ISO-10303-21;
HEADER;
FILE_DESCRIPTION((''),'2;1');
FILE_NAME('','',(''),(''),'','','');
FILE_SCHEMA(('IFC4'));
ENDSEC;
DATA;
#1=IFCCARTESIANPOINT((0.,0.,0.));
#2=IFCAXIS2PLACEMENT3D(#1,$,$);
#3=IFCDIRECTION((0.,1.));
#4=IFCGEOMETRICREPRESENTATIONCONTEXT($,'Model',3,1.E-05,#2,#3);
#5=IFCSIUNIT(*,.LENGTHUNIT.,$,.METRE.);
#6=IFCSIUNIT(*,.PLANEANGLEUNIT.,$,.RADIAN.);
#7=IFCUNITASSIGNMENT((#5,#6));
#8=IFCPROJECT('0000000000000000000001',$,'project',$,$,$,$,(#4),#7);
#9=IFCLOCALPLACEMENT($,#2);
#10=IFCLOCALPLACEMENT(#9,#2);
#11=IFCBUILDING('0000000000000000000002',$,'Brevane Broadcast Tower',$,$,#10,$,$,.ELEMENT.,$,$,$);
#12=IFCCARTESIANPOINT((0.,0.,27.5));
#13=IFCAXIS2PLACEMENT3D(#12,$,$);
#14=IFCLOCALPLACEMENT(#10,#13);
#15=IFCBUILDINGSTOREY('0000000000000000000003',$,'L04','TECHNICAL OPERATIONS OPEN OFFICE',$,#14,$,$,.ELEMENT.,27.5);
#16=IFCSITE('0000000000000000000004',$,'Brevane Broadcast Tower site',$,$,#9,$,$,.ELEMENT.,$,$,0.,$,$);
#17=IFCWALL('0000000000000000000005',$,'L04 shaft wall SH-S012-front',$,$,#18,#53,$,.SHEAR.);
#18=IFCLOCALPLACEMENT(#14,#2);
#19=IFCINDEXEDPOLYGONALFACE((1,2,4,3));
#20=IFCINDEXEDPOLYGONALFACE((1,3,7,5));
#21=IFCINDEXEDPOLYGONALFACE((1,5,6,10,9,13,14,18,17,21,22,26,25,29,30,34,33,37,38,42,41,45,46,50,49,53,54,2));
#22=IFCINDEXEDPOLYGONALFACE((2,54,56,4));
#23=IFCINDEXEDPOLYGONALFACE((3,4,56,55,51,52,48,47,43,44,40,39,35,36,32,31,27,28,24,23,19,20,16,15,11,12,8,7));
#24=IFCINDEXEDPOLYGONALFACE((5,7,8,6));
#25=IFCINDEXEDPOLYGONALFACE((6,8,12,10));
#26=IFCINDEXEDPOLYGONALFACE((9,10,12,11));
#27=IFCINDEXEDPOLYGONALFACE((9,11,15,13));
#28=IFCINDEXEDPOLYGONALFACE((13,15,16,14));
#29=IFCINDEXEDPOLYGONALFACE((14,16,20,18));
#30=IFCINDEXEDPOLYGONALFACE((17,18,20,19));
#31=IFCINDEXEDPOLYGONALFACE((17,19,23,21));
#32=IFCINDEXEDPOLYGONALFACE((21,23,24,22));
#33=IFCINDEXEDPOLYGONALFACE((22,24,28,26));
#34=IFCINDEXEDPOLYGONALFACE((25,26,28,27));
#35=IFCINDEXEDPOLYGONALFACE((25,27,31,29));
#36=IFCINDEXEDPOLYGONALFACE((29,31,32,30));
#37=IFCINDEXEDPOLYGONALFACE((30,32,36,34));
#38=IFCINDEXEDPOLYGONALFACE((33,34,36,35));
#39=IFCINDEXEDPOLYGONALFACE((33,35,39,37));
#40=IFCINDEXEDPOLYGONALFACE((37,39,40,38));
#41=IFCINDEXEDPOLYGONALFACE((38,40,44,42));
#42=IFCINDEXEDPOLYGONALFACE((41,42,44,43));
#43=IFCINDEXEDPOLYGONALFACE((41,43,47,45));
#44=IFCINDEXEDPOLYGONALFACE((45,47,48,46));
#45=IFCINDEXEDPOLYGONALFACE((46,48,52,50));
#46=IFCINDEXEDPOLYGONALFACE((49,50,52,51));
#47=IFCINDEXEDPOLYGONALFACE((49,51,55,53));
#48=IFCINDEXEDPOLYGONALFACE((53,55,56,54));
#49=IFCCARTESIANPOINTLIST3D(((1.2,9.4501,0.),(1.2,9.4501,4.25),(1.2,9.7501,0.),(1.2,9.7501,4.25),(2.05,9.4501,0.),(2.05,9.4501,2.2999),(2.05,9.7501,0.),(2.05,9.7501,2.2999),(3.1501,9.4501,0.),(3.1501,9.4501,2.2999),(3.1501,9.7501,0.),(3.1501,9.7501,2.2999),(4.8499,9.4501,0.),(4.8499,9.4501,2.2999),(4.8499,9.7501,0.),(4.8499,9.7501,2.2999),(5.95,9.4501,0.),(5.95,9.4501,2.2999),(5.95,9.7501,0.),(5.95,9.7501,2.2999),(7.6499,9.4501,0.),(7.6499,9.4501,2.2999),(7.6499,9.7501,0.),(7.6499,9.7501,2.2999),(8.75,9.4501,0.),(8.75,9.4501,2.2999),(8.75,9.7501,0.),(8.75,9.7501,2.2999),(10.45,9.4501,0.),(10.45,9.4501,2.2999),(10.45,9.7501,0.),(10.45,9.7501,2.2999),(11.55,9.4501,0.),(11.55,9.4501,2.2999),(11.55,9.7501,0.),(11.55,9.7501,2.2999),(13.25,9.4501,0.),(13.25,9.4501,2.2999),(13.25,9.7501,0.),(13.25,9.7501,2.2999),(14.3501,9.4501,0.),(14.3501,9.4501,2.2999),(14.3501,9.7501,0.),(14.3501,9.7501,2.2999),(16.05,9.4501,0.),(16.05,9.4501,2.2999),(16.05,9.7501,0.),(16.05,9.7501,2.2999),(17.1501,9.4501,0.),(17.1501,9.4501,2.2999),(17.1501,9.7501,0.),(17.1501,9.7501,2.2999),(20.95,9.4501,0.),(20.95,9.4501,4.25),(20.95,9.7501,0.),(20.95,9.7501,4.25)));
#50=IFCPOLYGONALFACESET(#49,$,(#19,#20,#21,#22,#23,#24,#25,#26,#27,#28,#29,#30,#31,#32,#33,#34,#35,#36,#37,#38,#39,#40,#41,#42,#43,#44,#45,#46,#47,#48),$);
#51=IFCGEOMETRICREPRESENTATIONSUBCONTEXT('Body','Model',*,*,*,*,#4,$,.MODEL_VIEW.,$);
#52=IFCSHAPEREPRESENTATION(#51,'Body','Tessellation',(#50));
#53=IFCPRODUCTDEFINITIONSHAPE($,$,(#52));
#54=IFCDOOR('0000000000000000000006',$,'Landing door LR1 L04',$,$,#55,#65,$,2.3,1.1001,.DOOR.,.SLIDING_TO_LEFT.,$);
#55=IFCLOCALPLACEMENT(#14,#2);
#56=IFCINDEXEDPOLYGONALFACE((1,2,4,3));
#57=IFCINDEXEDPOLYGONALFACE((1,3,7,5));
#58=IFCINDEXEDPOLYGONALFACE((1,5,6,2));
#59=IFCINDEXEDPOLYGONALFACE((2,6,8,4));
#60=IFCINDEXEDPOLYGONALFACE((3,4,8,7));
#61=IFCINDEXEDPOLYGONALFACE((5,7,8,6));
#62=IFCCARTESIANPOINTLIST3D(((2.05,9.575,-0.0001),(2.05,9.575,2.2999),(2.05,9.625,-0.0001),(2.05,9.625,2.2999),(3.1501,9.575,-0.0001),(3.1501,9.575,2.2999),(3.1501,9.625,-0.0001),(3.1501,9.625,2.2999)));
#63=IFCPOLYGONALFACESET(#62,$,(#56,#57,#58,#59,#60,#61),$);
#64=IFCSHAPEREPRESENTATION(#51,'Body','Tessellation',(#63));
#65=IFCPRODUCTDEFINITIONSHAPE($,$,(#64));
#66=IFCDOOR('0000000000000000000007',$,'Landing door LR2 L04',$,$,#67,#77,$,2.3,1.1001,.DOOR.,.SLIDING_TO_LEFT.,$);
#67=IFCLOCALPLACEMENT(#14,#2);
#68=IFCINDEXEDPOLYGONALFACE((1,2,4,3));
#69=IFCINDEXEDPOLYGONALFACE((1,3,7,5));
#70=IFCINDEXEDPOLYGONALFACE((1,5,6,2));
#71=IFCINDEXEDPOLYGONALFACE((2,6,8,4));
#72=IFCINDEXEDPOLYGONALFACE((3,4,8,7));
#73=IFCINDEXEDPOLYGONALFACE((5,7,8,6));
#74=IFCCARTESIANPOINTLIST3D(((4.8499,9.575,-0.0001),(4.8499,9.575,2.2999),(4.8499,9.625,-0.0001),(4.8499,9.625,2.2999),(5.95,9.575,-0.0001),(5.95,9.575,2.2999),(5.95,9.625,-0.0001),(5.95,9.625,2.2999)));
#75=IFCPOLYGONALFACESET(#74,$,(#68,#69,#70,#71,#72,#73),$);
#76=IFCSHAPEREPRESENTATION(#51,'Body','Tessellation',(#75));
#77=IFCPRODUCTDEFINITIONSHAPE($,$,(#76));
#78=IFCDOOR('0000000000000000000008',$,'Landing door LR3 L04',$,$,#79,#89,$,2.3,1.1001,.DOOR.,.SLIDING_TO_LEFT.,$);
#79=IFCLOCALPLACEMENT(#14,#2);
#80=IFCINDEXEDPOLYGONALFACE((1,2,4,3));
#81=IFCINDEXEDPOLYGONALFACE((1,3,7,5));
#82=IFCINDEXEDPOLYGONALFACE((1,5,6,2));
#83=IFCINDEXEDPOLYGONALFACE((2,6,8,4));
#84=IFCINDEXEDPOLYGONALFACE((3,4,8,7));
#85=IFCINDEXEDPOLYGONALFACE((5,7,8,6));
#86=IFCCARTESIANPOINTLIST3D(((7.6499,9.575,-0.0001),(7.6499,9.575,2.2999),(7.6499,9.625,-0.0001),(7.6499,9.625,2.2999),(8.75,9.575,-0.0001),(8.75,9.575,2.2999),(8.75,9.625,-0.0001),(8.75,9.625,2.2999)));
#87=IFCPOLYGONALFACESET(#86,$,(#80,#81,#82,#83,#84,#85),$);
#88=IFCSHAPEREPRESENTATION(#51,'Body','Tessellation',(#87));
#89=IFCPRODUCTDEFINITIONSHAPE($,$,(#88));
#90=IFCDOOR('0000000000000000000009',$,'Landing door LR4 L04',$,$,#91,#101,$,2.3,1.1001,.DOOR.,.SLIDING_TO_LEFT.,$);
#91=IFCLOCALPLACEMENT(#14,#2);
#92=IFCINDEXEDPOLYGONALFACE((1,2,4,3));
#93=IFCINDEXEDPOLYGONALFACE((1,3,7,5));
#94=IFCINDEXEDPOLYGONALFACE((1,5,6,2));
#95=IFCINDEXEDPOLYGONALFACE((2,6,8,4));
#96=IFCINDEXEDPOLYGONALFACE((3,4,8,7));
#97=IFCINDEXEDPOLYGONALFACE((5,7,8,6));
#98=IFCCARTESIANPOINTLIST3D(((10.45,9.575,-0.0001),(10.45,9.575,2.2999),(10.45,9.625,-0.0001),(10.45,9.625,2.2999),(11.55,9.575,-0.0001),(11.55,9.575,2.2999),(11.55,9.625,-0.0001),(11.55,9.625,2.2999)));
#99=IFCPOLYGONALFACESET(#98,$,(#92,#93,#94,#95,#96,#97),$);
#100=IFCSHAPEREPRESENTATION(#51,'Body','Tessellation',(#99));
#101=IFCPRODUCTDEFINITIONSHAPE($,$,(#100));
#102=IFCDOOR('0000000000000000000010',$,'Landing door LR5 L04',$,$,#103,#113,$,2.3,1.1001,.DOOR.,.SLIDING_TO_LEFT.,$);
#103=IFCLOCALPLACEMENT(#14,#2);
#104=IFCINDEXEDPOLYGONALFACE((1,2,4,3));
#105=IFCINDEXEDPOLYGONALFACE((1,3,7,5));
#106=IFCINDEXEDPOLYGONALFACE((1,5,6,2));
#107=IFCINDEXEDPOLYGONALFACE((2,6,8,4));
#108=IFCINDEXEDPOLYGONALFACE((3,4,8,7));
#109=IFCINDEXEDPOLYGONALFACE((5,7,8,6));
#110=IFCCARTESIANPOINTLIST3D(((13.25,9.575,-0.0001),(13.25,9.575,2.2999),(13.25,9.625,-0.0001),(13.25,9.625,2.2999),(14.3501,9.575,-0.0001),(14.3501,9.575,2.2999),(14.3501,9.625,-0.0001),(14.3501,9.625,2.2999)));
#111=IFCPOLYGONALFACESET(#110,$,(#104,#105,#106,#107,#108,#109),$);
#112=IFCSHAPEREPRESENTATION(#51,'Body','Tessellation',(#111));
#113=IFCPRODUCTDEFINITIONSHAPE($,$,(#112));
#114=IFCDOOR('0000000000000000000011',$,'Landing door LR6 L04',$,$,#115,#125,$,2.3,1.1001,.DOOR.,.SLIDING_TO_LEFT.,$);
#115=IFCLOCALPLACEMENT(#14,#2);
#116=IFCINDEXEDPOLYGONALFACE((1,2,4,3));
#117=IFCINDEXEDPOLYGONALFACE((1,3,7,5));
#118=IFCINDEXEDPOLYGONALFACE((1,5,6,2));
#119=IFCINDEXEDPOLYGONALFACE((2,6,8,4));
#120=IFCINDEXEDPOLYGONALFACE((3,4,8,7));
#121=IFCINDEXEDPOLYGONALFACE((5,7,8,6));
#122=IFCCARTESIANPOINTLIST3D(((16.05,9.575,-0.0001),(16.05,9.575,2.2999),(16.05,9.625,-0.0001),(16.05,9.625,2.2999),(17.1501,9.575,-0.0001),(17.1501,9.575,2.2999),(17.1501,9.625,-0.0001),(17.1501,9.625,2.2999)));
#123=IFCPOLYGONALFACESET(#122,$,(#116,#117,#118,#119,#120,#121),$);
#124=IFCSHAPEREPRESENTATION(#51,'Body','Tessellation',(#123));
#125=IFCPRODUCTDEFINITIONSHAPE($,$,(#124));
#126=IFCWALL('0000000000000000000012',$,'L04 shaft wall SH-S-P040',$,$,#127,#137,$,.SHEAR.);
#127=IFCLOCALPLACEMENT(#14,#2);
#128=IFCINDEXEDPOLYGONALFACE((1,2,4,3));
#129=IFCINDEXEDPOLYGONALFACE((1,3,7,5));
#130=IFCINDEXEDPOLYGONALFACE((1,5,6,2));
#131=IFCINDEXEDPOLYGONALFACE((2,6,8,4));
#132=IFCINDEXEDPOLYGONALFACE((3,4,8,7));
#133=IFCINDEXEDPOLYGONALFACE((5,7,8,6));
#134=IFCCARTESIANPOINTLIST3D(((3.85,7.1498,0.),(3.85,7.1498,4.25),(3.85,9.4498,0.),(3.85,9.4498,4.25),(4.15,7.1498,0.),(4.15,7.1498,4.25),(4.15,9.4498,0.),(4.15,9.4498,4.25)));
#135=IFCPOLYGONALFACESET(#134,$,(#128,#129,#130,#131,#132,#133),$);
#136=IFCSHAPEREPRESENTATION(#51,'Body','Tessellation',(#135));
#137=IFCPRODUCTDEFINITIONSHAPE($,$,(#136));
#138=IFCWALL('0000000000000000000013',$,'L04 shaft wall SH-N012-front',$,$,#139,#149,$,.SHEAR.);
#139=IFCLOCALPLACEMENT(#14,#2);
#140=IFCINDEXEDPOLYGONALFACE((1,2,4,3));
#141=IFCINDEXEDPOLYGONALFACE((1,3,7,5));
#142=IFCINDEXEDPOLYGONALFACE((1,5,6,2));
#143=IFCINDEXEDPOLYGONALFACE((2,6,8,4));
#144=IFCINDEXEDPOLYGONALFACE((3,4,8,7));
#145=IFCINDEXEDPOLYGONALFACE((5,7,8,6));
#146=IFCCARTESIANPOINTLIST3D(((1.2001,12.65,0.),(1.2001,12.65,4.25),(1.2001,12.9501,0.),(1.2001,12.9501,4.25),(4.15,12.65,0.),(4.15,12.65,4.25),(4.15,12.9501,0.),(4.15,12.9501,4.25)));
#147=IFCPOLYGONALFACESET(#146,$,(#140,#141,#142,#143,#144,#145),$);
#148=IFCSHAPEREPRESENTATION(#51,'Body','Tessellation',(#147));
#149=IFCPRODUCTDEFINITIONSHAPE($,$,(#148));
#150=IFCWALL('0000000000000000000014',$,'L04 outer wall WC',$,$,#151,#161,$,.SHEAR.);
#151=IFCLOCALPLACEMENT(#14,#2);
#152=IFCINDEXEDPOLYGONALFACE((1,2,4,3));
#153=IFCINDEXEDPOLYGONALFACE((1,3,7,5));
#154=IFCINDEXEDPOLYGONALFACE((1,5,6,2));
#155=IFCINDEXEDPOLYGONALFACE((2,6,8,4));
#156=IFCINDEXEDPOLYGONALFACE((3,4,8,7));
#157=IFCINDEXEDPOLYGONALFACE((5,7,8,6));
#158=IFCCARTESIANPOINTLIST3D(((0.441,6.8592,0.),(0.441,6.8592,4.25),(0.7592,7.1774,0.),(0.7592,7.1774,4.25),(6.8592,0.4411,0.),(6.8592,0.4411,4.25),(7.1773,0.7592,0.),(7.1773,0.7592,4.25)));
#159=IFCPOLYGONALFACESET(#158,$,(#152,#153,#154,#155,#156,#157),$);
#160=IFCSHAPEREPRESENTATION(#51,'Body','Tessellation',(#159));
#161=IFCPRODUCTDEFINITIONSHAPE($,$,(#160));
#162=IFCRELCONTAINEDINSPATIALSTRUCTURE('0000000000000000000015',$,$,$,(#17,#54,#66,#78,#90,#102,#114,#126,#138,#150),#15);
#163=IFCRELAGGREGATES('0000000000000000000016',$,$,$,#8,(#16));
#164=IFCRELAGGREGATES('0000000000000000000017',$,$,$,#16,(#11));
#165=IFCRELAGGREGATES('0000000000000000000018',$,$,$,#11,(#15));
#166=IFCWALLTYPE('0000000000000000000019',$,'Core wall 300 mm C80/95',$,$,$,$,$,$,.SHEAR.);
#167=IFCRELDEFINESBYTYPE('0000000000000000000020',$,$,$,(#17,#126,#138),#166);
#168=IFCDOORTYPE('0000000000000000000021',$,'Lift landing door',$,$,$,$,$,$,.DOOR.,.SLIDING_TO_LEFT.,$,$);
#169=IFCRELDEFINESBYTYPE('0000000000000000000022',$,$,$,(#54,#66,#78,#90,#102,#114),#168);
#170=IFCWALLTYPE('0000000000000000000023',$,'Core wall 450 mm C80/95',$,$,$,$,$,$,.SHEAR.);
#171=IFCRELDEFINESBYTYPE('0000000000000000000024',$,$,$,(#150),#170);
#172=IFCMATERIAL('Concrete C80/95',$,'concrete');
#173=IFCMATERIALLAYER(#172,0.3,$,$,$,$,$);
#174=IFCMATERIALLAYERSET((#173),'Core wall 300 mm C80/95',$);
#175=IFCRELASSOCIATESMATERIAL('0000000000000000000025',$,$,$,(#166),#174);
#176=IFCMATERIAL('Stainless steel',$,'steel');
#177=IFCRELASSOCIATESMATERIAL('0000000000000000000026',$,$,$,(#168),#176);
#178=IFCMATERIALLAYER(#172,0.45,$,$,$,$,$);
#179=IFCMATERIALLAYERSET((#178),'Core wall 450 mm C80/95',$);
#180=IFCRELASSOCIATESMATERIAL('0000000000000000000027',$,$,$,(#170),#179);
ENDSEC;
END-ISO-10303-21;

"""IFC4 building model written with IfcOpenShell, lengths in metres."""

from ifc_helpers import new_model, si_unit, direction, frame, frame_2d, origin, place, context, subcontext, project, spatial, rectangle, extrude, material, layer, layer_set, type_object, element, fill, save


model = new_model("IFC4")

# Units and contexts
model_context = context("Model", 3, precision=1e-05, world=origin(), true_north=direction((0.0, 1.0)))
body_context = subcontext(model_context, "Body", "Model", "MODEL_VIEW")
ifc_project = project(units=[si_unit("LENGTHUNIT", "METRE"), si_unit("PLANEANGLEUNIT", "RADIAN")], contexts=[model_context])

# Site, building, storey
site_placement = place(None, origin())
site = spatial("IfcSite", under=ifc_project, at=site_placement, Name="Brevane Broadcast Tower site", CompositionType="ELEMENT", RefElevation=0.0)
building_placement = place(site_placement, origin())
building = spatial("IfcBuilding", under=site, at=building_placement, Name="Brevane Broadcast Tower", CompositionType="ELEMENT")
storey_placement = place(building_placement, frame((0.0, 0.0, 27.5)))
storey = spatial("IfcBuildingStorey", under=building, at=storey_placement, Name="L04", Description="TECHNICAL OPERATIONS OPEN OFFICE", CompositionType="ELEMENT", Elevation=27.5)

# Shared definitions
ifc_material_1 = material(Name="Concrete C80/95", Category="concrete")
ifc_layer_1 = layer(ifc_material_1, 0.3)
ifc_layer_set_1 = layer_set([ifc_layer_1], Name="Core wall 300 mm C80/95")
wall_type_1 = type_object("IfcWallType", Name="Core wall 300 mm C80/95", PredefinedType="SHEAR", material=ifc_layer_set_1)

# Wall, openings, doors
wall_1_placement = place(storey_placement, frame((1.2, 9.6001, 0.0), z_axis=(0.0, 0.0, 1.0), x_axis=(1.0, 0.0, 0.0)))
wall_1 = element("IfcWall", 1, at=wall_1_placement, inside=storey, type_object=wall_type_1, Name="L04 shaft wall SH-S012-front", PredefinedType="SHEAR", context=body_context, shape_type="SweptSolid", body=[
    extrude(rectangle(XDim=19.75, YDim=0.3, at=frame_2d((9.875, 0.0))), origin(), (0.0, 0.0, 1.0), 4.25),
])
opening_1_placement = place(wall_1_placement, frame((0.8501, 0.0, 0.0)))
opening_1 = element("IfcOpeningElement", 2, at=opening_1_placement, cuts=wall_1, PredefinedType="OPENING", context=body_context, shape_type="SweptSolid", body=[
    extrude(rectangle(XDim=1.1001, YDim=2.3, at=frame_2d((0.55, 1.1499))), frame((0.0, 0.1599, 0.0), z_axis=(0.0, -1.0, 0.0), x_axis=(1.0, 0.0, 0.0)), (0.0, 0.0, 1.0), 0.3201),
])
opening_2_placement = place(wall_1_placement, frame((3.6499, 0.0, 0.0)))
opening_2 = element("IfcOpeningElement", 3, at=opening_2_placement, cuts=wall_1, PredefinedType="OPENING", context=body_context, shape_type="SweptSolid", body=[
    extrude(rectangle(XDim=1.1001, YDim=2.3, at=frame_2d((0.55, 1.1499))), frame((0.0, 0.1599, 0.0), z_axis=(0.0, -1.0, 0.0), x_axis=(1.0, 0.0, 0.0)), (0.0, 0.0, 1.0), 0.3201),
])
opening_3_placement = place(wall_1_placement, frame((6.45, 0.0, 0.0)))
opening_3 = element("IfcOpeningElement", 4, at=opening_3_placement, cuts=wall_1, PredefinedType="OPENING", context=body_context, shape_type="SweptSolid", body=[
    extrude(rectangle(XDim=1.1001, YDim=2.3, at=frame_2d((0.55, 1.1499))), frame((0.0, 0.1599, 0.0), z_axis=(0.0, -1.0, 0.0), x_axis=(1.0, 0.0, 0.0)), (0.0, 0.0, 1.0), 0.3201),
])
opening_4_placement = place(wall_1_placement, frame((9.25, 0.0, 0.0)))
opening_4 = element("IfcOpeningElement", 5, at=opening_4_placement, cuts=wall_1, PredefinedType="OPENING", context=body_context, shape_type="SweptSolid", body=[
    extrude(rectangle(XDim=1.1001, YDim=2.3, at=frame_2d((0.55, 1.1499))), frame((0.0, 0.1599, 0.0), z_axis=(0.0, -1.0, 0.0), x_axis=(1.0, 0.0, 0.0)), (0.0, 0.0, 1.0), 0.3201),
])
opening_5_placement = place(wall_1_placement, frame((12.05, 0.0, 0.0)))
opening_5 = element("IfcOpeningElement", 6, at=opening_5_placement, cuts=wall_1, PredefinedType="OPENING", context=body_context, shape_type="SweptSolid", body=[
    extrude(rectangle(XDim=1.1001, YDim=2.3, at=frame_2d((0.55, 1.1499))), frame((0.0, 0.1599, 0.0), z_axis=(0.0, -1.0, 0.0), x_axis=(1.0, 0.0, 0.0)), (0.0, 0.0, 1.0), 0.3201),
])
opening_6_placement = place(wall_1_placement, frame((14.8501, 0.0, 0.0)))
opening_6 = element("IfcOpeningElement", 7, at=opening_6_placement, cuts=wall_1, PredefinedType="OPENING", context=body_context, shape_type="SweptSolid", body=[
    extrude(rectangle(XDim=1.1001, YDim=2.3, at=frame_2d((0.55, 1.1499))), frame((0.0, 0.1599, 0.0), z_axis=(0.0, -1.0, 0.0), x_axis=(1.0, 0.0, 0.0)), (0.0, 0.0, 1.0), 0.3201),
])
ifc_material_2 = material(Name="Stainless steel", Category="steel")
door_type = type_object("IfcDoorType", Name="Lift landing door", OperationType="SLIDING_TO_LEFT", PredefinedType="DOOR", material=ifc_material_2)
door_1_placement = place(opening_1_placement, origin())
door_1 = element("IfcDoor", 8, at=door_1_placement, inside=storey, type_object=door_type, Name="Landing door LR1 L04", OperationType="SLIDING_TO_LEFT", OverallHeight=2.3, OverallWidth=1.1001, PredefinedType="DOOR", context=body_context, shape_type="SweptSolid", body=[
    extrude(rectangle(XDim=1.1001, YDim=2.3, at=frame_2d((0.55, 1.1499))), frame((0.0, 0.0249, 0.0), z_axis=(0.0, -1.0, 0.0), x_axis=(1.0, 0.0, 0.0)), (0.0, 0.0, 1.0), 0.05),
])
fill(opening_1, door_1)
door_2_placement = place(opening_2_placement, origin())
door_2 = element("IfcDoor", 9, at=door_2_placement, inside=storey, type_object=door_type, Name="Landing door LR2 L04", OperationType="SLIDING_TO_LEFT", OverallHeight=2.3, OverallWidth=1.1001, PredefinedType="DOOR", context=body_context, shape_type="SweptSolid", body=[
    extrude(rectangle(XDim=1.1001, YDim=2.3, at=frame_2d((0.55, 1.1499))), frame((0.0, 0.0249, 0.0), z_axis=(0.0, -1.0, 0.0), x_axis=(1.0, 0.0, 0.0)), (0.0, 0.0, 1.0), 0.05),
])
fill(opening_2, door_2)
door_3_placement = place(opening_3_placement, origin())
door_3 = element("IfcDoor", 10, at=door_3_placement, inside=storey, type_object=door_type, Name="Landing door LR3 L04", OperationType="SLIDING_TO_LEFT", OverallHeight=2.3, OverallWidth=1.1001, PredefinedType="DOOR", context=body_context, shape_type="SweptSolid", body=[
    extrude(rectangle(XDim=1.1001, YDim=2.3, at=frame_2d((0.55, 1.1499))), frame((0.0, 0.0249, 0.0), z_axis=(0.0, -1.0, 0.0), x_axis=(1.0, 0.0, 0.0)), (0.0, 0.0, 1.0), 0.05),
])
fill(opening_3, door_3)
door_4_placement = place(opening_4_placement, origin())
door_4 = element("IfcDoor", 11, at=door_4_placement, inside=storey, type_object=door_type, Name="Landing door LR4 L04", OperationType="SLIDING_TO_LEFT", OverallHeight=2.3, OverallWidth=1.1001, PredefinedType="DOOR", context=body_context, shape_type="SweptSolid", body=[
    extrude(rectangle(XDim=1.1001, YDim=2.3, at=frame_2d((0.55, 1.1499))), frame((0.0, 0.0249, 0.0), z_axis=(0.0, -1.0, 0.0), x_axis=(1.0, 0.0, 0.0)), (0.0, 0.0, 1.0), 0.05),
])
fill(opening_4, door_4)
door_5_placement = place(opening_5_placement, origin())
door_5 = element("IfcDoor", 12, at=door_5_placement, inside=storey, type_object=door_type, Name="Landing door LR5 L04", OperationType="SLIDING_TO_LEFT", OverallHeight=2.3, OverallWidth=1.1001, PredefinedType="DOOR", context=body_context, shape_type="SweptSolid", body=[
    extrude(rectangle(XDim=1.1001, YDim=2.3, at=frame_2d((0.55, 1.1499))), frame((0.0, 0.0249, 0.0), z_axis=(0.0, -1.0, 0.0), x_axis=(1.0, 0.0, 0.0)), (0.0, 0.0, 1.0), 0.05),
])
fill(opening_5, door_5)
door_6_placement = place(opening_6_placement, origin())
door_6 = element("IfcDoor", 13, at=door_6_placement, inside=storey, type_object=door_type, Name="Landing door LR6 L04", OperationType="SLIDING_TO_LEFT", OverallHeight=2.3, OverallWidth=1.1001, PredefinedType="DOOR", context=body_context, shape_type="SweptSolid", body=[
    extrude(rectangle(XDim=1.1001, YDim=2.3, at=frame_2d((0.55, 1.1499))), frame((0.0, 0.0249, 0.0), z_axis=(0.0, -1.0, 0.0), x_axis=(1.0, 0.0, 0.0)), (0.0, 0.0, 1.0), 0.05),
])
fill(opening_6, door_6)

# Walls
wall_2_placement = place(storey_placement, frame((4.0, 7.1499, 0.0), z_axis=(0.0, 0.0, 1.0), x_axis=(0.0, 1.0, 0.0)))
element("IfcWall", 14, at=wall_2_placement, inside=storey, type_object=wall_type_1, Name="L04 shaft wall SH-S-P040", PredefinedType="SHEAR", context=body_context, shape_type="SweptSolid", body=[
    extrude(rectangle(XDim=2.3, YDim=0.3, at=frame_2d((1.1499, 0.0))), origin(), (0.0, 0.0, 1.0), 4.25),
])
wall_3_placement = place(storey_placement, frame((1.2, 12.8, 0.0), z_axis=(0.0, 0.0, 1.0), x_axis=(1.0, 0.0, 0.0)))
element("IfcWall", 15, at=wall_3_placement, inside=storey, type_object=wall_type_1, Name="L04 shaft wall SH-N012-front", PredefinedType="SHEAR", context=body_context, shape_type="SweptSolid", body=[
    extrude(rectangle(XDim=2.95, YDim=0.3, at=frame_2d((1.4751, 0.0))), origin(), (0.0, 0.0, 1.0), 4.25),
])
ifc_layer_2 = layer(ifc_material_1, 0.45)
ifc_layer_set_2 = layer_set([ifc_layer_2], Name="Core wall 450 mm C80/95")
wall_type_2 = type_object("IfcWallType", Name="Core wall 450 mm C80/95", PredefinedType="SHEAR", material=ifc_layer_set_2)
wall_4_placement = place(storey_placement, frame((0.6001, 7.0183, 0.0), z_axis=(0.0, 0.0, 1.0), x_axis=(0.707107, -0.707107, 0.0)))
element("IfcWall", 16, at=wall_4_placement, inside=storey, type_object=wall_type_2, Name="L04 outer wall WC", PredefinedType="SHEAR", context=body_context, shape_type="SweptSolid", body=[
    extrude(rectangle(XDim=9.0767, YDim=0.45, at=frame_2d((4.5383, 0.0))), origin(), (0.0, 0.0, 1.0), 4.25),
])

save(model, "model.ifc")
